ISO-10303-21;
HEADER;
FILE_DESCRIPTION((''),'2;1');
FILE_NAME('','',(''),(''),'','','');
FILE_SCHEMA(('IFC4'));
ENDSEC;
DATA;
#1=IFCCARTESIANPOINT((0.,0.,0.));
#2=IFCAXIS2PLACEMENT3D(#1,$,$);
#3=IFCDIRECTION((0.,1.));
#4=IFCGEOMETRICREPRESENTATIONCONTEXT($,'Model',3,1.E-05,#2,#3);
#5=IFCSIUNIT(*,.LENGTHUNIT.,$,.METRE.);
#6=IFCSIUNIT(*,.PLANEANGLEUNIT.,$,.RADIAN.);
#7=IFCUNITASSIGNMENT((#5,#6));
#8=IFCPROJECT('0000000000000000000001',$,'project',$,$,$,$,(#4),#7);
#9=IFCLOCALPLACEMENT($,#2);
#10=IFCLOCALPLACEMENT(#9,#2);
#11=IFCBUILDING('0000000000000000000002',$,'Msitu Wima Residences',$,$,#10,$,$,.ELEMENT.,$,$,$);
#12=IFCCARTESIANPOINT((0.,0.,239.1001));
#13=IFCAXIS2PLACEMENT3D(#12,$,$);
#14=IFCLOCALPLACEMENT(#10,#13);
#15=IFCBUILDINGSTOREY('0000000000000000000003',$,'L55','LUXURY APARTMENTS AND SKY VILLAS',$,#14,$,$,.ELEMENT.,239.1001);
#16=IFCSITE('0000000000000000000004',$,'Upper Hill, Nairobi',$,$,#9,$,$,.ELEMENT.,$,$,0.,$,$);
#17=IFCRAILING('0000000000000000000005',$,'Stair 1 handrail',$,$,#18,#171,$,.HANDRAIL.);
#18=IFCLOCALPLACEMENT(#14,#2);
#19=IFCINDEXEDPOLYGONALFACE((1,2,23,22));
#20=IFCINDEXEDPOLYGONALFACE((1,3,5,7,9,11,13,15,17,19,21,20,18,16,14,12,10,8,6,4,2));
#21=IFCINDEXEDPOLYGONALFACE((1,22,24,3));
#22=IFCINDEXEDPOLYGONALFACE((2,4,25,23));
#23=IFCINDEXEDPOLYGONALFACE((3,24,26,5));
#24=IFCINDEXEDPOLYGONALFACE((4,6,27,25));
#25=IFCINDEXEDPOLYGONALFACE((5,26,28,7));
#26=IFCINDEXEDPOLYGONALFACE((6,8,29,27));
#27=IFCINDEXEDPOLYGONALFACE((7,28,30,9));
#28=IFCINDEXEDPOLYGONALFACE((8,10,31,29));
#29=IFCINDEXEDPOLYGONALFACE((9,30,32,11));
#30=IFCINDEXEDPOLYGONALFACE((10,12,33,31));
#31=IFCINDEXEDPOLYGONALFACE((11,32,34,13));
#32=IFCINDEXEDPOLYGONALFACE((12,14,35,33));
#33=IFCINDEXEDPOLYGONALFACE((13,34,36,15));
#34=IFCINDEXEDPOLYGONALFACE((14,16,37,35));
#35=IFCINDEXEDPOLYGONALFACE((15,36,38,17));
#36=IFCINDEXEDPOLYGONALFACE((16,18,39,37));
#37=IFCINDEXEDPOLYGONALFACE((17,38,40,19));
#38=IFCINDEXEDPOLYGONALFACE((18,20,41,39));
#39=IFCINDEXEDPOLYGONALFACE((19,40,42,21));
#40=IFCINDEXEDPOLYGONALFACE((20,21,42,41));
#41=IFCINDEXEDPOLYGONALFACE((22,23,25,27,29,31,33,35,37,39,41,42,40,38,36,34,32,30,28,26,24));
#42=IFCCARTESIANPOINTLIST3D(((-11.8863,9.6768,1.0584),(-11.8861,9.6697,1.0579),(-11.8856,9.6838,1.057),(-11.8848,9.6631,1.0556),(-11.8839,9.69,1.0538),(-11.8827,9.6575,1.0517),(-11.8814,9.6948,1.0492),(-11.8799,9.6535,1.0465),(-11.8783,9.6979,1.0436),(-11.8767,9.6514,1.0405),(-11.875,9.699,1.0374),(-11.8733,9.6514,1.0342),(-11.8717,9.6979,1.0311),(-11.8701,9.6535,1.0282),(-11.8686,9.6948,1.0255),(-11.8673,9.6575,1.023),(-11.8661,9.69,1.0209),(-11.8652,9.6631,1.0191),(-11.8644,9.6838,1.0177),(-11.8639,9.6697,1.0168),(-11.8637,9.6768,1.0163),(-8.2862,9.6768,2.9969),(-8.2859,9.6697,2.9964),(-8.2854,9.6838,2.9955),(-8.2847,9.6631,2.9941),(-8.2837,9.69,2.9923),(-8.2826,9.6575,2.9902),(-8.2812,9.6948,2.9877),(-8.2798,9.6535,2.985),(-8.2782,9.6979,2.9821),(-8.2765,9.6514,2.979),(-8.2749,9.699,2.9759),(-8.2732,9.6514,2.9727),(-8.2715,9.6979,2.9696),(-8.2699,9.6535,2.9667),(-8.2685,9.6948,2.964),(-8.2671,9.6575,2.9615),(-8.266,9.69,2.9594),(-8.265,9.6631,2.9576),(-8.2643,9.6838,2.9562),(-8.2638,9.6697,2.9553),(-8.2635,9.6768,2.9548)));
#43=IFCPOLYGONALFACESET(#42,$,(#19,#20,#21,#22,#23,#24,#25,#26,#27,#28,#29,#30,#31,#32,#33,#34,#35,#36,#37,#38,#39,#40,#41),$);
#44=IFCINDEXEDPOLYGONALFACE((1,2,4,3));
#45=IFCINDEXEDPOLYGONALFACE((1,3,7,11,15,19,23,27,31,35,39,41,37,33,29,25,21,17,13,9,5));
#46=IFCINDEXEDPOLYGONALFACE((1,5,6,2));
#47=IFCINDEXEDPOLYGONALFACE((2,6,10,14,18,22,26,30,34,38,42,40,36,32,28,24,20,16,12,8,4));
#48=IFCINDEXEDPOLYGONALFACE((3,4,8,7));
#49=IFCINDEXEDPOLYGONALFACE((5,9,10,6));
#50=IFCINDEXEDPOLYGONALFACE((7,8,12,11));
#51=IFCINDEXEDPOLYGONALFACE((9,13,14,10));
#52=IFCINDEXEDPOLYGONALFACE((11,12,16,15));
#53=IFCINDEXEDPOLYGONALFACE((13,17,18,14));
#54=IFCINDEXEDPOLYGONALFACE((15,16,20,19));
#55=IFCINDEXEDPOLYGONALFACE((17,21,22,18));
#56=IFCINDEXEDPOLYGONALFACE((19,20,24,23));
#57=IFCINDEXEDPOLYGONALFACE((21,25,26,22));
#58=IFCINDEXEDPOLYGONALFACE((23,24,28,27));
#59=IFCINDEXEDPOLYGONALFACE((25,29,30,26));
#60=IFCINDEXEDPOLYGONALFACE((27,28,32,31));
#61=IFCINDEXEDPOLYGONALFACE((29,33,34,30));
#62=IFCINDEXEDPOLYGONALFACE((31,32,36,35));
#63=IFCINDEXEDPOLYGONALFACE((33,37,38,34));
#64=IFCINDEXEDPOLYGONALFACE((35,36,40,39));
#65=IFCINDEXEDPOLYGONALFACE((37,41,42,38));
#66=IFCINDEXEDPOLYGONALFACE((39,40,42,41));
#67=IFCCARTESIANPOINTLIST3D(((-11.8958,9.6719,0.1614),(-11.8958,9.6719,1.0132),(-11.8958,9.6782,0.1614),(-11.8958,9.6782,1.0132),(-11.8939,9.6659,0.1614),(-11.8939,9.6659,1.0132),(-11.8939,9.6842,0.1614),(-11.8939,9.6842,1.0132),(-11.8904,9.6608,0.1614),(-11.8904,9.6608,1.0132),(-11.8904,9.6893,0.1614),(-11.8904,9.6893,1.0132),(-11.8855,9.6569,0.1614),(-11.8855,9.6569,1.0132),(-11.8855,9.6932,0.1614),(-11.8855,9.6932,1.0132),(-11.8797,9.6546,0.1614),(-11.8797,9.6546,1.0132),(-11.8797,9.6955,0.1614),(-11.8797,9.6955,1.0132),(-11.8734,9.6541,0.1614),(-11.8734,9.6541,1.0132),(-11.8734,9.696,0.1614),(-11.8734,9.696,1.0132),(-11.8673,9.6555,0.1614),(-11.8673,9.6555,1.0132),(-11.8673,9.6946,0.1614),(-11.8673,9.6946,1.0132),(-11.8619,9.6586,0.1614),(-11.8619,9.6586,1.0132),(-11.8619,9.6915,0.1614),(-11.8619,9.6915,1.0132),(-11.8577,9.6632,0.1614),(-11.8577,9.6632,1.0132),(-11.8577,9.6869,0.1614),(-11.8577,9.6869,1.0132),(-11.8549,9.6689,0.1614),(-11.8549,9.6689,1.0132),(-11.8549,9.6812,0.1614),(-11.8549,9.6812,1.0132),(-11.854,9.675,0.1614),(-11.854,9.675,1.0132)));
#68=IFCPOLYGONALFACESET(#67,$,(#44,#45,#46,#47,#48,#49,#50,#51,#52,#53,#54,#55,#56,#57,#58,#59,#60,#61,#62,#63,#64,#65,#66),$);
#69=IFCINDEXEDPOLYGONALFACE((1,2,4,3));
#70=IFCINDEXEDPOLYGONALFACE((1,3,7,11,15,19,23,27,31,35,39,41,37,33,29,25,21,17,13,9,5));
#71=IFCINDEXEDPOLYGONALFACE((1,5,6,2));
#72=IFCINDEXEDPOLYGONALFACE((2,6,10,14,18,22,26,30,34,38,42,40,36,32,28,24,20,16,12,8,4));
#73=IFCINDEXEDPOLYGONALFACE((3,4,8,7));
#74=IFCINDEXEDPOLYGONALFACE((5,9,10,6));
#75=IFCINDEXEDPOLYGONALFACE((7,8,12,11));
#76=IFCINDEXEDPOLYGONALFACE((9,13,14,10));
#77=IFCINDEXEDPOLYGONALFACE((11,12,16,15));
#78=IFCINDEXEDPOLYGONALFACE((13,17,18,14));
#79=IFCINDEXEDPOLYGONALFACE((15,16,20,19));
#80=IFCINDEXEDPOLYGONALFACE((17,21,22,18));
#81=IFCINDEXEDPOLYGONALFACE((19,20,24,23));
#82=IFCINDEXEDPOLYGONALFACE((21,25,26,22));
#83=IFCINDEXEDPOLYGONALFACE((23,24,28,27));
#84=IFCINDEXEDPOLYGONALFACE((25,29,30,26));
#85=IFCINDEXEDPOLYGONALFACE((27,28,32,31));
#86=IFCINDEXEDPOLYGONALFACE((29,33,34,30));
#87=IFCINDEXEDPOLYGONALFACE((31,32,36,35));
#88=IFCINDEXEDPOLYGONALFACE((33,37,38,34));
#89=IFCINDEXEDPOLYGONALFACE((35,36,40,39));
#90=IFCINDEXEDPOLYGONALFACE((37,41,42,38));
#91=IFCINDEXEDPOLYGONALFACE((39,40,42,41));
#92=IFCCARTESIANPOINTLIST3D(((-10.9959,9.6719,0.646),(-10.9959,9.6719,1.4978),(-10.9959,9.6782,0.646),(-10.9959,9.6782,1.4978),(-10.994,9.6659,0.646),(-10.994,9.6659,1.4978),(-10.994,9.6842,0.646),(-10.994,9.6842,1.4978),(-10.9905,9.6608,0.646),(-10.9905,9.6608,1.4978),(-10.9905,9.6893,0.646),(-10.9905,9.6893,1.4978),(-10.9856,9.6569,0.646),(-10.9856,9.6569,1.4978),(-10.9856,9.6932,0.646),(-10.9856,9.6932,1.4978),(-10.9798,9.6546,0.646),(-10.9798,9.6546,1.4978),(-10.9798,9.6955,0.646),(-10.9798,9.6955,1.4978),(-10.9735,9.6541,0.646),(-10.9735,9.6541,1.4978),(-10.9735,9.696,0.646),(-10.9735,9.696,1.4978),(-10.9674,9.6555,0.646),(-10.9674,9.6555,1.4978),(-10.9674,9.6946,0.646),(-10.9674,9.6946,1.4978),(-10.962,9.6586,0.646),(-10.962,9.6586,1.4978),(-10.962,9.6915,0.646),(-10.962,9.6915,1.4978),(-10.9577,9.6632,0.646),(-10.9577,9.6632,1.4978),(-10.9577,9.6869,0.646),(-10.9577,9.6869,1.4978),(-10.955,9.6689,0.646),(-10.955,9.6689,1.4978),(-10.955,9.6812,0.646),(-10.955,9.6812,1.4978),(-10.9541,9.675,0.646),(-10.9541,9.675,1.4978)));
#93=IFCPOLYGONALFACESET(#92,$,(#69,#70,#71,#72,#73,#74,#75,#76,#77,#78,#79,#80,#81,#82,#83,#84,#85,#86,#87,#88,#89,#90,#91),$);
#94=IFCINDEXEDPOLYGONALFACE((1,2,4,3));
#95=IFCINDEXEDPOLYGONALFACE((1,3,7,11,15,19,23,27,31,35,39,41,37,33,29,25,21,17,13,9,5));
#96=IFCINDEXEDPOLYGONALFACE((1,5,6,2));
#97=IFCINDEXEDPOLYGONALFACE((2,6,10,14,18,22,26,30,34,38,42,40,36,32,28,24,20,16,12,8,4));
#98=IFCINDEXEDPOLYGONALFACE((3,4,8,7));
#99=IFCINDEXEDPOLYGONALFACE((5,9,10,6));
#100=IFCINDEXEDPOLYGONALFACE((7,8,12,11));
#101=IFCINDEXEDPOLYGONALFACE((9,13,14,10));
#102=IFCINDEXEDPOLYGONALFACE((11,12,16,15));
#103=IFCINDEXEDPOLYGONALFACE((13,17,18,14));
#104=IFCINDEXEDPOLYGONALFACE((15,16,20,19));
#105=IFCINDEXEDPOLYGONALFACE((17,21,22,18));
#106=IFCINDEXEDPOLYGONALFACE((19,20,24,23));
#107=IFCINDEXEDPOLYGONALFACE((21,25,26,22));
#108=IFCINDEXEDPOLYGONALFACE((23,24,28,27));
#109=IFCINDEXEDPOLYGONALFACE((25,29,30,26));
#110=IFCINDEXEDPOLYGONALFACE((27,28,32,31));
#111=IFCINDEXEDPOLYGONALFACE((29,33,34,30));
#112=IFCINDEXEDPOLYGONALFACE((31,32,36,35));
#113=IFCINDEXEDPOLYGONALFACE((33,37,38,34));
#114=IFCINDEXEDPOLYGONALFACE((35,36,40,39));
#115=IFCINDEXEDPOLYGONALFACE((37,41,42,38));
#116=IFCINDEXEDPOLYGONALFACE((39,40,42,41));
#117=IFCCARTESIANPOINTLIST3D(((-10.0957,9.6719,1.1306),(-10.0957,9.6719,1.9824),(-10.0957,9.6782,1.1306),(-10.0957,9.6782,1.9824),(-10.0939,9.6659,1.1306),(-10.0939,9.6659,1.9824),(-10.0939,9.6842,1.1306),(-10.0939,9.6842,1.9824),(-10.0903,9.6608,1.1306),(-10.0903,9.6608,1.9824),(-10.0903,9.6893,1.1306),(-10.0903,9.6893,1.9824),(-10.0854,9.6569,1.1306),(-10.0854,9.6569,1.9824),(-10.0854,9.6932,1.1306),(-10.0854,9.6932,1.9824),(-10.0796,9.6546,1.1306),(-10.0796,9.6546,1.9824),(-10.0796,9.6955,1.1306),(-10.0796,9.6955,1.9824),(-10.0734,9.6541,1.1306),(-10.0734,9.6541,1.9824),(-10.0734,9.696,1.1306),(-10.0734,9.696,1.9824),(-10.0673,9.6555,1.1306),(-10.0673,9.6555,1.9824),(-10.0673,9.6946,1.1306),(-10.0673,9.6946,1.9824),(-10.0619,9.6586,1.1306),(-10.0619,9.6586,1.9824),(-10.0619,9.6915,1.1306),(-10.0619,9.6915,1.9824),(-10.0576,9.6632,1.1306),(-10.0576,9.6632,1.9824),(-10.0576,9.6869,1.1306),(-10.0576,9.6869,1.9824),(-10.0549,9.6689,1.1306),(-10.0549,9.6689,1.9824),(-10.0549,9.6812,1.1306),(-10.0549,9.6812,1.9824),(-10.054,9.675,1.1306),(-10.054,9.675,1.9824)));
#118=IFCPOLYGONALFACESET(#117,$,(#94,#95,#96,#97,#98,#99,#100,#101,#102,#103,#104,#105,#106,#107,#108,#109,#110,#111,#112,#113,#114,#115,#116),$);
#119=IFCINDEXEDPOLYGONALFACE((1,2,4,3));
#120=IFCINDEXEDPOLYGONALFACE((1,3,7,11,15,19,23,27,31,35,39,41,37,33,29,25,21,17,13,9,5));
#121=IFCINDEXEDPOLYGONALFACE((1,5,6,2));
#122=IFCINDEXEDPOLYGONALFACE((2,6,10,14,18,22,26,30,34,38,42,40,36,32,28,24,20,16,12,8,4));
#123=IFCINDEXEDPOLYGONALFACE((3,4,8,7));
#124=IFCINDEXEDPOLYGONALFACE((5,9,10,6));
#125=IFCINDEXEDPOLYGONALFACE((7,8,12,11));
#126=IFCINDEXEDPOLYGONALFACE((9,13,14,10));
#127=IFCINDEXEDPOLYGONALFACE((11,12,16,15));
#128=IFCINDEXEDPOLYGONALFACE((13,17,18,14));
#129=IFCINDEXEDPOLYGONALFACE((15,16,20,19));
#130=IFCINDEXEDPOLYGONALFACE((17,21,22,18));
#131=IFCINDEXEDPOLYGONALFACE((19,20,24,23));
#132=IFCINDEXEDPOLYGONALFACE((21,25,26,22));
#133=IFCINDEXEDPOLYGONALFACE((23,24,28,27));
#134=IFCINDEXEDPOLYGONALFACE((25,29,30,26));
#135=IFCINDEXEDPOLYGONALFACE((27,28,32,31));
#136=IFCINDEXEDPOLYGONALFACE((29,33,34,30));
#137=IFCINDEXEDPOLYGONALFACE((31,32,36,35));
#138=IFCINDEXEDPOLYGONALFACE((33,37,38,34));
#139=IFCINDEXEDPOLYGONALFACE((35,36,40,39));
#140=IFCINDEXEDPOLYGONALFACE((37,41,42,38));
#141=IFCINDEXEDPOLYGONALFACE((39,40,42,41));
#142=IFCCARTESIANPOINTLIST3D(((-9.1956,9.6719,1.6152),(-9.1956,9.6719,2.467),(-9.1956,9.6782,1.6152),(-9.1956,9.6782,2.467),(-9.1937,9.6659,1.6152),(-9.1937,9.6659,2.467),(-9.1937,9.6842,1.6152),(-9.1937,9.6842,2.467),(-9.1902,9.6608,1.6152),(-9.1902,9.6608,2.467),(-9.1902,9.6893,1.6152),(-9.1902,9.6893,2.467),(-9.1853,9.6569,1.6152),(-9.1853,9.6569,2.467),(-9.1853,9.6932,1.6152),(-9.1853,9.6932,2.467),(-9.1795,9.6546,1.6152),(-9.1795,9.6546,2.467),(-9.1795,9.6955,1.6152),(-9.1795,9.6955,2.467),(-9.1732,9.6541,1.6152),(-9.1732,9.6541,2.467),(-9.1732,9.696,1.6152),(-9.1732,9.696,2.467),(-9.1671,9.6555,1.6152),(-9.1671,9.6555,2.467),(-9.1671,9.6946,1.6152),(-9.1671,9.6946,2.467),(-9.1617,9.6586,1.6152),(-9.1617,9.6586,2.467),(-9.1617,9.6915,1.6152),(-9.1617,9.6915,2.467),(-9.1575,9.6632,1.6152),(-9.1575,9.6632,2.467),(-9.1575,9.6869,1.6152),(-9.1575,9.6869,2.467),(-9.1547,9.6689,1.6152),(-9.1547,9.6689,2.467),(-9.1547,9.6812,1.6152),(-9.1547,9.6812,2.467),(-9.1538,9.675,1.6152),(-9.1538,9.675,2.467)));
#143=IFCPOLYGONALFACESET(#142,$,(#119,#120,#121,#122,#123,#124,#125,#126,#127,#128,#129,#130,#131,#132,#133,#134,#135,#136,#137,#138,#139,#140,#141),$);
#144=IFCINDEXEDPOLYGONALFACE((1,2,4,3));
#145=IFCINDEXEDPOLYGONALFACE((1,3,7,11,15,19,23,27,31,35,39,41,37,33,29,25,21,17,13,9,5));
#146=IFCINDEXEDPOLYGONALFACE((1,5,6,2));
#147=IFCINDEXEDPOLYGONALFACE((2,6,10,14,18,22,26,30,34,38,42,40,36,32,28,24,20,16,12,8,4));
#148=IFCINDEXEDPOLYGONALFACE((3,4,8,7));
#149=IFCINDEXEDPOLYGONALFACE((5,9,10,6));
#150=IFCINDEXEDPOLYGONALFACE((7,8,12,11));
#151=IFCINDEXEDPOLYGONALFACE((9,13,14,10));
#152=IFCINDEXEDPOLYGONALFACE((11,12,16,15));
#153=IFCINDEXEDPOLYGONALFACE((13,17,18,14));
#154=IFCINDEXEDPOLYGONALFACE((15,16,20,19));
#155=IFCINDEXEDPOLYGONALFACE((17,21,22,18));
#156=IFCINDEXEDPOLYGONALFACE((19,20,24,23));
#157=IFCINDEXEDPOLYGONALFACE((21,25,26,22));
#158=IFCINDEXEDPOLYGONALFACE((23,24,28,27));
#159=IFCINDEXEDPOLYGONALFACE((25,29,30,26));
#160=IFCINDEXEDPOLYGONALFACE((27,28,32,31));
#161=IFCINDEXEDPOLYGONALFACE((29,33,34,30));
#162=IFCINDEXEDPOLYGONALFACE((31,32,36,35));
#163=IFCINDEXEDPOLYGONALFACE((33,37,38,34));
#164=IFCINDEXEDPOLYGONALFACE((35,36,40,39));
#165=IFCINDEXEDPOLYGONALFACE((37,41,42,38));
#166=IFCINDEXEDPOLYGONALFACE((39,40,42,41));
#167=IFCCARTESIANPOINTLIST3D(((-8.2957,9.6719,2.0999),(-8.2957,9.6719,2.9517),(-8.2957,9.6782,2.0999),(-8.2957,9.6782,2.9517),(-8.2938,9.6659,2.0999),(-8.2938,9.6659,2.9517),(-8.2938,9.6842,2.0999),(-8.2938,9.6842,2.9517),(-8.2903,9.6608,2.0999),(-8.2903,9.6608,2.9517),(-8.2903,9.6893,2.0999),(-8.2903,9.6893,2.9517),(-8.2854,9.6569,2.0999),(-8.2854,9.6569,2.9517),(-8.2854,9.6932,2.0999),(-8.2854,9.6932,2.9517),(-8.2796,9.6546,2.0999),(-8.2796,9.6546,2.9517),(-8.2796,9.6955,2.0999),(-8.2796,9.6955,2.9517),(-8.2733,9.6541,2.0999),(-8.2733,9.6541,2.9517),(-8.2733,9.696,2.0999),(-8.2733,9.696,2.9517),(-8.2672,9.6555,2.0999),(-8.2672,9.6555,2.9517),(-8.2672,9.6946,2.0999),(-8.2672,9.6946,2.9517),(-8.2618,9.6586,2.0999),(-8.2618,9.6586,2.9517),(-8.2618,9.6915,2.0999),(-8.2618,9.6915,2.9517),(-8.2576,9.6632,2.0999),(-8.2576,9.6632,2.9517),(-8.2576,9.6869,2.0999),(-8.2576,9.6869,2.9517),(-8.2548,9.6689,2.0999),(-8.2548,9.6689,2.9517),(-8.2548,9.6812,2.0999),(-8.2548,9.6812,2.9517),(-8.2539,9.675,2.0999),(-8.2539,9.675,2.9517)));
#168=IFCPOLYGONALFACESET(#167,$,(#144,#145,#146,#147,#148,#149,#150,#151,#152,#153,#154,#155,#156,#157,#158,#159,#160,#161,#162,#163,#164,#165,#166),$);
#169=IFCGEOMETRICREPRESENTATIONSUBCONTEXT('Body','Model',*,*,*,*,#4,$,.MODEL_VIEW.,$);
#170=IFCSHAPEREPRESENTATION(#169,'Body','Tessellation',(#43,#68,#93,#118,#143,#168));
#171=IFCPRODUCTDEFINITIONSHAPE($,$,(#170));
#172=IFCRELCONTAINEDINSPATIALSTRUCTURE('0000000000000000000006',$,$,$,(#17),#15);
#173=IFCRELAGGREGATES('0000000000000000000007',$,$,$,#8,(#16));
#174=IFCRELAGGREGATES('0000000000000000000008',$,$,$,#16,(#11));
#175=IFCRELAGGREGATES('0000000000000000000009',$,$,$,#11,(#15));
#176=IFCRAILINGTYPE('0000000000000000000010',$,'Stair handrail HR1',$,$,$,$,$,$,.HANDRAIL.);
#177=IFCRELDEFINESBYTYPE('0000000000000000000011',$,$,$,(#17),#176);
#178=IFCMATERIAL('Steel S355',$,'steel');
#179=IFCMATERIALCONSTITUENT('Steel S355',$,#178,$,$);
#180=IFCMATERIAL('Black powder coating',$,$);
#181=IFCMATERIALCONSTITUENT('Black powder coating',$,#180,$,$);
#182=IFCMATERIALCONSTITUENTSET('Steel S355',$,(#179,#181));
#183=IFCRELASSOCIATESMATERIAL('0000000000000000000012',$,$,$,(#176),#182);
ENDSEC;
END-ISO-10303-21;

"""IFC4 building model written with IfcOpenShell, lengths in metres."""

from ifc_helpers import new_model, si_unit, direction, frame, origin, origin_2d, place, context, subcontext, project, spatial, circle, extrude, material, constituent, constituent_set, type_object, element, save


model = new_model("IFC4")

# Units and contexts
model_context = context("Model", 3, precision=1e-05, world=origin(), true_north=direction((0.0, 1.0)))
body_context = subcontext(model_context, "Body", "Model", "MODEL_VIEW")
ifc_project = project(units=[si_unit("LENGTHUNIT", "METRE"), si_unit("PLANEANGLEUNIT", "RADIAN")], contexts=[model_context])

# Site, building, storey
site_placement = place(None, origin())
site = spatial("IfcSite", under=ifc_project, at=site_placement, Name="Upper Hill, Nairobi", CompositionType="ELEMENT", RefElevation=0.0)
building_placement = place(site_placement, origin())
building = spatial("IfcBuilding", under=site, at=building_placement, Name="Msitu Wima Residences", CompositionType="ELEMENT")
storey_placement = place(building_placement, frame((0.0, 0.0, 239.1001)))
storey = spatial("IfcBuildingStorey", under=building, at=storey_placement, Name="L55", Description="LUXURY APARTMENTS AND SKY VILLAS", CompositionType="ELEMENT", Elevation=239.1001)

# Railing
ifc_material_1 = material(Name="Steel S355", Category="steel")
ifc_constituent_1 = constituent(ifc_material_1, Name="Steel S355")
ifc_material_2 = material(Name="Black powder coating")
ifc_constituent_2 = constituent(ifc_material_2, Name="Black powder coating")
ifc_constituent_set = constituent_set(constituents=[ifc_constituent_1, ifc_constituent_2], Name="Steel S355")
railing_type = type_object("IfcRailingType", Name="Stair handrail HR1", PredefinedType="HANDRAIL", material=ifc_constituent_set)
for number, where, name in (
    (1, (-11.875, 9.675, 0.1614), "Stair 1 handrail"),
):
    element("IfcRailing", number, at=place(storey_placement, frame(where)), inside=storey, type_object=railing_type, Name=name, PredefinedType="HANDRAIL", context=body_context, shape_type="SweptSolid", body=[
        extrude(circle(Radius=0.0239, at=origin_2d()), frame((0.0, 0.0, 0.876), z_axis=(0.880475, 0.0, 0.474093), x_axis=(0.0, 1.0, 0.0)), (0.0, 0.0, 1.0), 4.0889),
        extrude(circle(Radius=0.021, at=origin_2d()), origin(), (0.0, 0.0, 1.0), 0.8518),
        extrude(circle(Radius=0.021, at=origin_2d()), frame((0.8999, 0.0, 0.4846)), (0.0, 0.0, 1.0), 0.8518),
        extrude(circle(Radius=0.021, at=origin_2d()), frame((1.8, 0.0, 0.9692)), (0.0, 0.0, 1.0), 0.8518),
        extrude(circle(Radius=0.021, at=origin_2d()), frame((2.7002, 0.0, 1.4539)), (0.0, 0.0, 1.0), 0.8518),
        extrude(circle(Radius=0.021, at=origin_2d()), frame((3.6001, 0.0, 1.9385)), (0.0, 0.0, 1.0), 0.8518),
    ])

save(model, "model.ifc")
